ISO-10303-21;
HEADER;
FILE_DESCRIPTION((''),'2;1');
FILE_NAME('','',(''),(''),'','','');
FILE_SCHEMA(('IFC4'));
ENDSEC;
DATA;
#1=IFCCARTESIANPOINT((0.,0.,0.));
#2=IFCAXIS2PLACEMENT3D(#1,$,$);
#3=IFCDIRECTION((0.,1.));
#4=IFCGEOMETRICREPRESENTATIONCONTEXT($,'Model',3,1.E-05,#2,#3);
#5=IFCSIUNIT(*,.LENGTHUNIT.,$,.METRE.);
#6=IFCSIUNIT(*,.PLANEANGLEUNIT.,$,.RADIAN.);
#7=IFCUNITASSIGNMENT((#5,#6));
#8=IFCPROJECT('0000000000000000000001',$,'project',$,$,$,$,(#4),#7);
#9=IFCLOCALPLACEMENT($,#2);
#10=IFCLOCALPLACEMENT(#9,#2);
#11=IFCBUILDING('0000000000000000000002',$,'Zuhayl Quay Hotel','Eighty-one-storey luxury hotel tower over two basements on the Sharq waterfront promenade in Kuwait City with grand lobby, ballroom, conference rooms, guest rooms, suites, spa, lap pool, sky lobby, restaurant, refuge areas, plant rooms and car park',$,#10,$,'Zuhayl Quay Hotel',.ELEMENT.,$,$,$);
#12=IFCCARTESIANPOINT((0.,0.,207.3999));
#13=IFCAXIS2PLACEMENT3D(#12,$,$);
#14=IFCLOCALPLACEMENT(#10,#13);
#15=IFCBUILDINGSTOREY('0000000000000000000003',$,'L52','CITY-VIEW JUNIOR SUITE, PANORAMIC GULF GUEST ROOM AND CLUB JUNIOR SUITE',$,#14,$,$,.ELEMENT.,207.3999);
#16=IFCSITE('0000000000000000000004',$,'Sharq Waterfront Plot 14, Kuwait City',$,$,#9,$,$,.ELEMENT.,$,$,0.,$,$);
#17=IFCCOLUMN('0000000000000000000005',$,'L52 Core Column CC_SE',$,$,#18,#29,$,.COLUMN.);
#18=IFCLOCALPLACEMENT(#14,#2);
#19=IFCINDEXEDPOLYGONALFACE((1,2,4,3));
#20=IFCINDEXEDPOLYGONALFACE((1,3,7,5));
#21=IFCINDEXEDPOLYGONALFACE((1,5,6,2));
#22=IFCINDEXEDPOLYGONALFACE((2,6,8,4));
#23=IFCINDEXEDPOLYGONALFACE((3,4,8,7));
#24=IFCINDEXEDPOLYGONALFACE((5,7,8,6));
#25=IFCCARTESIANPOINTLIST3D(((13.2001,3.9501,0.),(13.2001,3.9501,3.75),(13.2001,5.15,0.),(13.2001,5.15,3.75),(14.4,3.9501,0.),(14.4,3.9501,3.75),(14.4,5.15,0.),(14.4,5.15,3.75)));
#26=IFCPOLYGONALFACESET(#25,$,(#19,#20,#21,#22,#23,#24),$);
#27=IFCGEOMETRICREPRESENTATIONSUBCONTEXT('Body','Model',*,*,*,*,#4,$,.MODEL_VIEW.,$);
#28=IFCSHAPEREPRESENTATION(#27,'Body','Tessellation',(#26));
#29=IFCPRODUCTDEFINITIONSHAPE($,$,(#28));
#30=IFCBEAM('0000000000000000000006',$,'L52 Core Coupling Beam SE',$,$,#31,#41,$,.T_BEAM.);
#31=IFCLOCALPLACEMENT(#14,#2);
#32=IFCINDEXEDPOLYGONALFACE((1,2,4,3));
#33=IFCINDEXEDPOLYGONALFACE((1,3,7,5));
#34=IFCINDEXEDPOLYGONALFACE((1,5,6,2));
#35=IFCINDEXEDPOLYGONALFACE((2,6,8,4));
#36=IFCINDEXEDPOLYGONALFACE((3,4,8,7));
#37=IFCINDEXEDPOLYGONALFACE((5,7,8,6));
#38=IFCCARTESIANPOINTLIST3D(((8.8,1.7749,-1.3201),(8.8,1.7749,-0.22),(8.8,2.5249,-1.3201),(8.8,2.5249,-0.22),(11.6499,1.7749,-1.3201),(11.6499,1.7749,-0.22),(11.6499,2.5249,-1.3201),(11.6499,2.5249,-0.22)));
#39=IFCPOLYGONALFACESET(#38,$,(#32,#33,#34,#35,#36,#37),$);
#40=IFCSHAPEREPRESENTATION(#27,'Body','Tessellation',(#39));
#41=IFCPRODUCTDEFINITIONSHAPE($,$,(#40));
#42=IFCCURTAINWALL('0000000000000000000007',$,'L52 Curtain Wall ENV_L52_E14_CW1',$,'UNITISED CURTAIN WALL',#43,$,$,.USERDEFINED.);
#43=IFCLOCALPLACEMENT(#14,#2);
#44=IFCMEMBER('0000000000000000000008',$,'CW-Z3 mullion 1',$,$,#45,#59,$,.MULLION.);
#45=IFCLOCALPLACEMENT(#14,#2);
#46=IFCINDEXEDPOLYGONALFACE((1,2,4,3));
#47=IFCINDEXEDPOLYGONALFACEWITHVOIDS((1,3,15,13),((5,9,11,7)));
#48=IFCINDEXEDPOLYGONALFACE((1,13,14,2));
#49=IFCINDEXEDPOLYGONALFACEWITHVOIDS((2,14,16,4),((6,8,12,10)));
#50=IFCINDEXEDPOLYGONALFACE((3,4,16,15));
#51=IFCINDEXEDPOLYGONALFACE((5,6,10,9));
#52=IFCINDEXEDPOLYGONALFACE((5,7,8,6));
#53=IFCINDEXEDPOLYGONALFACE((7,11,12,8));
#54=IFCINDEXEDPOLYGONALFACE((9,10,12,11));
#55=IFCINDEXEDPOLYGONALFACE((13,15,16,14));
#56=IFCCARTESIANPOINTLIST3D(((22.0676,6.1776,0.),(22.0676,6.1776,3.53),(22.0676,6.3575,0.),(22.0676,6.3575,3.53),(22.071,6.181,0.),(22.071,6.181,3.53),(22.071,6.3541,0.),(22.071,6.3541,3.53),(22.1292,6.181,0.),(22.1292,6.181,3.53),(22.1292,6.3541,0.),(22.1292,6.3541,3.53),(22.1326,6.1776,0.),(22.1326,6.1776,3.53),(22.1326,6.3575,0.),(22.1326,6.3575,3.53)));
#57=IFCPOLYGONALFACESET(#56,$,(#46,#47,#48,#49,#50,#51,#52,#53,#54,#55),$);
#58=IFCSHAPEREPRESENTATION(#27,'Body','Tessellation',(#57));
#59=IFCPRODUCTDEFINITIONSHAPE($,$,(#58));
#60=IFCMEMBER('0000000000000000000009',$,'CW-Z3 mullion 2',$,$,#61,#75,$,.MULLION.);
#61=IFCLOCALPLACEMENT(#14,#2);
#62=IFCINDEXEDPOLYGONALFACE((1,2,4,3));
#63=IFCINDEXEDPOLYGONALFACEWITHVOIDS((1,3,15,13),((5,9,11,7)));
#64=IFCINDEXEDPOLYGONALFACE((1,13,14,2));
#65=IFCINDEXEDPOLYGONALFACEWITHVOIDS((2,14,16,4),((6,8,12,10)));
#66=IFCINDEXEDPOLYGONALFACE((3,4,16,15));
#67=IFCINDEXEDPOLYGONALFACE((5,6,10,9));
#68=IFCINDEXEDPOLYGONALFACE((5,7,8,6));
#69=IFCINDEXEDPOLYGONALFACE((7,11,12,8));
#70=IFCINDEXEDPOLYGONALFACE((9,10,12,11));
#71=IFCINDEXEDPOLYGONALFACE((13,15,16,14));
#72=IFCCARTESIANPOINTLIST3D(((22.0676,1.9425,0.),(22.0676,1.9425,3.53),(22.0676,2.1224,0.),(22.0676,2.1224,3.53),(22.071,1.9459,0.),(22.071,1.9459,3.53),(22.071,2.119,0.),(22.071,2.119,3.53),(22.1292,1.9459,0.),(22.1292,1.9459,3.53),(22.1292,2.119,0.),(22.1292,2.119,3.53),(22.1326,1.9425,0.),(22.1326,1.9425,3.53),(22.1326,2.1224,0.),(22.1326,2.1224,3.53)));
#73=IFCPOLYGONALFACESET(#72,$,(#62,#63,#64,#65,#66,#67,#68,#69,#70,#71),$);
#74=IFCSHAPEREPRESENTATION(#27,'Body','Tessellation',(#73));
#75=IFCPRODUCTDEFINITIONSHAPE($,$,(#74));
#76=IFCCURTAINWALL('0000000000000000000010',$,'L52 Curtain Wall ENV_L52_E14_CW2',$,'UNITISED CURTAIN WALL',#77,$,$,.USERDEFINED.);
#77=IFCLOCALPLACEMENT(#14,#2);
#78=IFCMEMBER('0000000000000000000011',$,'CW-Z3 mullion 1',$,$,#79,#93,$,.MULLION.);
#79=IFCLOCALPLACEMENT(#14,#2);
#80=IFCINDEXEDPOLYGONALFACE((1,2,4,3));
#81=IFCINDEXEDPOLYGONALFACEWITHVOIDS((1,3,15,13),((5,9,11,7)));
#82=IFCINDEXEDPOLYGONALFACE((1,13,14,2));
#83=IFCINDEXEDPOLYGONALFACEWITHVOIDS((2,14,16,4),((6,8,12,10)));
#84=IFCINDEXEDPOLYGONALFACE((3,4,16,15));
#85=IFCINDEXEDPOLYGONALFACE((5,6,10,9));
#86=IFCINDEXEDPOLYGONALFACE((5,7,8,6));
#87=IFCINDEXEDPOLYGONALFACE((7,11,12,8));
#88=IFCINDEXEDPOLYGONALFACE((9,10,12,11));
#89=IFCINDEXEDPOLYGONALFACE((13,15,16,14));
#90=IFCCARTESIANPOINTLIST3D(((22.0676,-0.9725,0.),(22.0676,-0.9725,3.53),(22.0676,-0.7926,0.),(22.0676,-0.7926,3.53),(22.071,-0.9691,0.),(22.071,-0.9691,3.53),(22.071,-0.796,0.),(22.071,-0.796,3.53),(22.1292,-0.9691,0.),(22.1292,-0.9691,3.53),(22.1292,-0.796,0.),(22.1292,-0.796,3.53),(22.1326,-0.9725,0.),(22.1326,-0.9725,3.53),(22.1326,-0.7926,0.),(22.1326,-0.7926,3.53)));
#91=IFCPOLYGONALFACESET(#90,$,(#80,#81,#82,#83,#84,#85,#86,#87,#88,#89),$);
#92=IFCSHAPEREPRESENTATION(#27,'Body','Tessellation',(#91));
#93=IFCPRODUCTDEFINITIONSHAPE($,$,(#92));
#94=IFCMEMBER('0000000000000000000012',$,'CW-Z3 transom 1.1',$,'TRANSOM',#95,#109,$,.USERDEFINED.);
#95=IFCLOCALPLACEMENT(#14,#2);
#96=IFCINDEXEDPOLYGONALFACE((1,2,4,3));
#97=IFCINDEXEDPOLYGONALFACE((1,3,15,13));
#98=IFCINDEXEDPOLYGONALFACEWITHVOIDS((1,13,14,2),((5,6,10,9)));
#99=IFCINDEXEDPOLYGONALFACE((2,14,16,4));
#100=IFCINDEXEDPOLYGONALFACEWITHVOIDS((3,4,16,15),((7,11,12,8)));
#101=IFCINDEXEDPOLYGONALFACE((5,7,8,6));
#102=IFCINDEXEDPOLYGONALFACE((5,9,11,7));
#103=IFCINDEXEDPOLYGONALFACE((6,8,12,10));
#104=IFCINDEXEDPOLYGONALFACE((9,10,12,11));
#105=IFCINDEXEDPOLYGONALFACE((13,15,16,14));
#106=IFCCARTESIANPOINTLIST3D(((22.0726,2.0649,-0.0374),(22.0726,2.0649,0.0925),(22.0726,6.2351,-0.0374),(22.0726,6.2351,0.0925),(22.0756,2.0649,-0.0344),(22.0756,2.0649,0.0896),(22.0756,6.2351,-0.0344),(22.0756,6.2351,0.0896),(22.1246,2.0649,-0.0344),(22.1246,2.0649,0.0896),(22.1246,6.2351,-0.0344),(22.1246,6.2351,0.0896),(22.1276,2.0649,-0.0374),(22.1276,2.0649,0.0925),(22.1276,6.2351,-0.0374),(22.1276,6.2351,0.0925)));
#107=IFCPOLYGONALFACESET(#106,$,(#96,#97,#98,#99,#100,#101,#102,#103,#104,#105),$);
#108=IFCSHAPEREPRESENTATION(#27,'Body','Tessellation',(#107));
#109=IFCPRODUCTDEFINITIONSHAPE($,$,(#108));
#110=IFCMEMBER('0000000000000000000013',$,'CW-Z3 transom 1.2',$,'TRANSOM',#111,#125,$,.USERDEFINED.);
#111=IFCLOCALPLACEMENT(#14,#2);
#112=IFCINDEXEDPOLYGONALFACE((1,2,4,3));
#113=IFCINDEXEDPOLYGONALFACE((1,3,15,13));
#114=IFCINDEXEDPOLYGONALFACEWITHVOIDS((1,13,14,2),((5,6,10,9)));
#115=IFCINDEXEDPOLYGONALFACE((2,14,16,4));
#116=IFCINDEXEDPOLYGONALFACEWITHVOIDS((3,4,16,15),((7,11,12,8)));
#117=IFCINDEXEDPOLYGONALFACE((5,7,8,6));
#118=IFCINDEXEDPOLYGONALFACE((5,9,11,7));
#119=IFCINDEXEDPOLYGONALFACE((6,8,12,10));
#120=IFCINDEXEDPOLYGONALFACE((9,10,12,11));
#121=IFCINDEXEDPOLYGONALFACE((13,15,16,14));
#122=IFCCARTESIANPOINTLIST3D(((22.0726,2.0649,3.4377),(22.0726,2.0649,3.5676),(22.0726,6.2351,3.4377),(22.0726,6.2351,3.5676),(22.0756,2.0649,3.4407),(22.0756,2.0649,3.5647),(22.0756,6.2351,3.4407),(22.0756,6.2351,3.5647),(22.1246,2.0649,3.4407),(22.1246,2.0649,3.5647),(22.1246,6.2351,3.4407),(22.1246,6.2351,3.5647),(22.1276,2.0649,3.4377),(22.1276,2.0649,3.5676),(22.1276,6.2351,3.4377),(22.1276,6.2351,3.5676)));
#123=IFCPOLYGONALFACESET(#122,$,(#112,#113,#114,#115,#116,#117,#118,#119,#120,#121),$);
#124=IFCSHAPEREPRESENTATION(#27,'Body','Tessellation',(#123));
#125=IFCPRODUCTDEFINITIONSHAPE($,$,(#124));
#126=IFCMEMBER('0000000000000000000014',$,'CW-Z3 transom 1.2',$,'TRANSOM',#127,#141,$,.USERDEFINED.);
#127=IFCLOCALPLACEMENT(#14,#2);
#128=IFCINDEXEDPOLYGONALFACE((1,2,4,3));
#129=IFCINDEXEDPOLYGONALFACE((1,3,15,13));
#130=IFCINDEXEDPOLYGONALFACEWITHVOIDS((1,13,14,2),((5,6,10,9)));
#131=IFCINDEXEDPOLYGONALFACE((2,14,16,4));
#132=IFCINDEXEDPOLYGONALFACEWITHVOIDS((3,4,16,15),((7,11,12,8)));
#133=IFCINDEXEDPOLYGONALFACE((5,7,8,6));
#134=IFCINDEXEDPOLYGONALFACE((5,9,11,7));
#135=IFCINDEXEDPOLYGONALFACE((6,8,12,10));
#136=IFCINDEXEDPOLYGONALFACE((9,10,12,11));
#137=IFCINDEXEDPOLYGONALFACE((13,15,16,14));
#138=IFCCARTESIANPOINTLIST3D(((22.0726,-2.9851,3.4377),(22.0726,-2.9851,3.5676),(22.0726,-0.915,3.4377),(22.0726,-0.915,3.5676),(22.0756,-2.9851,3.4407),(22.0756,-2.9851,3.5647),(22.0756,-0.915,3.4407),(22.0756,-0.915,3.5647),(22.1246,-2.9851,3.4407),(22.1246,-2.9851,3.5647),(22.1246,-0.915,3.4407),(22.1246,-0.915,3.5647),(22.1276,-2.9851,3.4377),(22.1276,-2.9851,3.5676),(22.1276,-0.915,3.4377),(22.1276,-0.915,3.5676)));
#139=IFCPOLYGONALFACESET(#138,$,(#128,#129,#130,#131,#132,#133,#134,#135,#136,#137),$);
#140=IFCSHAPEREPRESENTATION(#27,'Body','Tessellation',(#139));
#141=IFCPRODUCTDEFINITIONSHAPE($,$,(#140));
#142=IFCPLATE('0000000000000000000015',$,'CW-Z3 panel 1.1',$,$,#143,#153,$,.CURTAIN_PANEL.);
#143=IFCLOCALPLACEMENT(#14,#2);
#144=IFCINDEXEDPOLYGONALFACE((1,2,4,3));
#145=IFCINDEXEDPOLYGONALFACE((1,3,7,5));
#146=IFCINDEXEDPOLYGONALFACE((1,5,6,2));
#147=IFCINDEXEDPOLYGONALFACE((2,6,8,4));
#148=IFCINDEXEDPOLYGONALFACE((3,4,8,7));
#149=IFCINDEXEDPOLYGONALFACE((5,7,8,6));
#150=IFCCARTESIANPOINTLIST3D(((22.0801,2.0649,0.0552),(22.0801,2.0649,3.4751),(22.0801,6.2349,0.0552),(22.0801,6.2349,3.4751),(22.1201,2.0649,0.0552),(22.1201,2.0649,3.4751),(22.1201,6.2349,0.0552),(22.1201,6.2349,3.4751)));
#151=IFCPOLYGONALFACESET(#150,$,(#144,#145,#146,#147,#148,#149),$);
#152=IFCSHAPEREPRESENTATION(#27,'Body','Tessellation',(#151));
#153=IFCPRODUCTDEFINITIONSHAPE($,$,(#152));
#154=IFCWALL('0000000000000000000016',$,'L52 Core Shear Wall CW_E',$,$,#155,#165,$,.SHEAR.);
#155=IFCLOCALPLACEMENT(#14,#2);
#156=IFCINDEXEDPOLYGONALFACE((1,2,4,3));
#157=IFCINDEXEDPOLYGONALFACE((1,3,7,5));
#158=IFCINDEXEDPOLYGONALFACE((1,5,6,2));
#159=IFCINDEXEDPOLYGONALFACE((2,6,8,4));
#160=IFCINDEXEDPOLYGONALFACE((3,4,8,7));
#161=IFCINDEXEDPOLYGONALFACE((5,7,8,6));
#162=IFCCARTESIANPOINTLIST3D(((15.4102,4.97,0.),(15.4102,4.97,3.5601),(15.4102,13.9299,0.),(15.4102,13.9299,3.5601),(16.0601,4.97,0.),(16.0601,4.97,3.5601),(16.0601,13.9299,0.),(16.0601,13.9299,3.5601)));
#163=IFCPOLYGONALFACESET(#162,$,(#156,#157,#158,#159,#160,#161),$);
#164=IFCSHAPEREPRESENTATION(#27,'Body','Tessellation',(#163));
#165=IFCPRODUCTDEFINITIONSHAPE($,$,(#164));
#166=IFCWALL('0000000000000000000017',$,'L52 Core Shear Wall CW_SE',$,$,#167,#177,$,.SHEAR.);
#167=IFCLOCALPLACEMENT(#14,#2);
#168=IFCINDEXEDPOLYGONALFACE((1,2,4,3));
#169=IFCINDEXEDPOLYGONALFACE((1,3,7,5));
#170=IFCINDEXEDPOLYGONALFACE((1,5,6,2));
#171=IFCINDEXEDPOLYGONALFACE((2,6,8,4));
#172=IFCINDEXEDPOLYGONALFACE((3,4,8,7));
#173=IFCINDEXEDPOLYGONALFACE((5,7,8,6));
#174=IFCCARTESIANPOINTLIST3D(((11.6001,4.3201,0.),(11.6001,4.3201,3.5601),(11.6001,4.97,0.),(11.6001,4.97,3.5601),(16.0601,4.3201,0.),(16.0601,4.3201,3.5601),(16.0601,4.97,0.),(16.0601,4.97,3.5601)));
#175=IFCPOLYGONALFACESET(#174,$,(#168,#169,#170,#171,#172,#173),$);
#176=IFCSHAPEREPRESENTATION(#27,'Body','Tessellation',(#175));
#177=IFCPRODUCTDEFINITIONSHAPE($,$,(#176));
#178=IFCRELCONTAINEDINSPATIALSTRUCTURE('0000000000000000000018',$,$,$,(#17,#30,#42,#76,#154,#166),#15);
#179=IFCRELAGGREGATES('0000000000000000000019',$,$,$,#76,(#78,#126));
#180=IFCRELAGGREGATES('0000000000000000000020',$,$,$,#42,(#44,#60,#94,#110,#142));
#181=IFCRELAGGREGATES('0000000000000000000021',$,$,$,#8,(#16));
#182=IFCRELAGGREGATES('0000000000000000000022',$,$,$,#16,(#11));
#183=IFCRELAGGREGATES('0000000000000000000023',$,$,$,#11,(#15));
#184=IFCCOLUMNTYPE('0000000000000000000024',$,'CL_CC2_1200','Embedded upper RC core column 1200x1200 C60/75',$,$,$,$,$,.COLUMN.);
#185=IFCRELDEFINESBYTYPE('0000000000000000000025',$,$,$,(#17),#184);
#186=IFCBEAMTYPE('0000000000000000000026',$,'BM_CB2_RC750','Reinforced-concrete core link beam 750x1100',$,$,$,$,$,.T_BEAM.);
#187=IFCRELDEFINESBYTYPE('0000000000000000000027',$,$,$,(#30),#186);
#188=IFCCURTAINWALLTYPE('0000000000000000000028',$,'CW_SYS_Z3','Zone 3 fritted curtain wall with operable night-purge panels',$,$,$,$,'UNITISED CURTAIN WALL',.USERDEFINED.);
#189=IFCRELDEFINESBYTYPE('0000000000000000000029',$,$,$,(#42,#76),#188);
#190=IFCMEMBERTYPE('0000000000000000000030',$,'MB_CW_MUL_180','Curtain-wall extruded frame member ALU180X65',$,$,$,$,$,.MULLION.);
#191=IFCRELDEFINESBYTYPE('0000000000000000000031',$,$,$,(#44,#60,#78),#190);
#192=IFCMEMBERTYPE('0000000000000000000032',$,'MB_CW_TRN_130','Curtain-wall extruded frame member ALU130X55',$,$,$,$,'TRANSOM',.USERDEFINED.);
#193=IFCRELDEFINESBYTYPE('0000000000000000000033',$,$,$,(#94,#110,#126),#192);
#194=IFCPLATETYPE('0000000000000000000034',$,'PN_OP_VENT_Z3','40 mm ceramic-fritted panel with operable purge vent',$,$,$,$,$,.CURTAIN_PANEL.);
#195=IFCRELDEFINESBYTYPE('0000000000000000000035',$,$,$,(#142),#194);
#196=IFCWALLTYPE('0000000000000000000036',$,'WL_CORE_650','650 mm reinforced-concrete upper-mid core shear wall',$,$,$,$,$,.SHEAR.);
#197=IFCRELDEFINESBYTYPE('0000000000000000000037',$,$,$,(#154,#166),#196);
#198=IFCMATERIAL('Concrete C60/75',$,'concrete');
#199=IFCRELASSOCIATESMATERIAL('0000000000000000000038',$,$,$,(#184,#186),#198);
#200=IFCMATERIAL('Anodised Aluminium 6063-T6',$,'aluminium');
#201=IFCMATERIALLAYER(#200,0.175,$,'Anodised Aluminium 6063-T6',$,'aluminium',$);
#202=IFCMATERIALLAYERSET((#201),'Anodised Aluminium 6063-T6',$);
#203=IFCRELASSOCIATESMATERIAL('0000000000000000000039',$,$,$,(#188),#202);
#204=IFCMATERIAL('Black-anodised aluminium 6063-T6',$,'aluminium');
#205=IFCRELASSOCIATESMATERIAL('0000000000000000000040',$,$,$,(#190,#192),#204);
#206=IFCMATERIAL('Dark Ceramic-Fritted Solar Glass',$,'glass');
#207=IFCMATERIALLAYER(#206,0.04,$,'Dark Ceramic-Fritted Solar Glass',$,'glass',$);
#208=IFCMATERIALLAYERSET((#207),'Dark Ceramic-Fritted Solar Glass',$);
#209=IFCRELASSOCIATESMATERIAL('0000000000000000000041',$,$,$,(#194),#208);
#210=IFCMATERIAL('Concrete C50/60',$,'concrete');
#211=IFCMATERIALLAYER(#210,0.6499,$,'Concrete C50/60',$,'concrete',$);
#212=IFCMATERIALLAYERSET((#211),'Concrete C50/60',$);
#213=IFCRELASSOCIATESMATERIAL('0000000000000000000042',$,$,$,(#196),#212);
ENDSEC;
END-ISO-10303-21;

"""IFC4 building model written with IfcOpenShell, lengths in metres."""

from ifc_helpers import new_model, si_unit, direction, frame, frame_2d, origin, origin_2d, place, context, subcontext, project, spatial, rectangle, hollow_rectangle, extrude, material, layer, layer_set, material_profile, profile_set, type_object, element, aggregate, save


model = new_model("IFC4")

# Units and contexts
model_context = context("Model", 3, precision=1e-05, world=origin(), true_north=direction((0.0, 1.0)))
body_context = subcontext(model_context, "Body", "Model", "MODEL_VIEW")
ifc_project = project(units=[si_unit("LENGTHUNIT", "METRE"), si_unit("PLANEANGLEUNIT", "RADIAN")], contexts=[model_context])

# Site, building, storey
site_placement = place(None, origin())
site = spatial("IfcSite", under=ifc_project, at=site_placement, Name="Sharq Waterfront Plot 14, Kuwait City", CompositionType="ELEMENT", RefElevation=0.0)
building_placement = place(site_placement, origin())
building = spatial("IfcBuilding", under=site, at=building_placement, Name="Zuhayl Quay Hotel", Description="Eighty-one-storey luxury hotel tower over two basements on the Sharq waterfront promenade in Kuwait City with grand lobby, ballroom, conference rooms, guest rooms, suites, spa, lap pool, sky lobby, restaurant, refuge areas, plant rooms and car park", LongName="Zuhayl Quay Hotel", CompositionType="ELEMENT")
storey_placement = place(building_placement, frame((0.0, 0.0, 207.3999)))
storey = spatial("IfcBuildingStorey", under=building, at=storey_placement, Name="L52", Description="CITY-VIEW JUNIOR SUITE, PANORAMIC GULF GUEST ROOM AND CLUB JUNIOR SUITE", CompositionType="ELEMENT", Elevation=207.3999)

# Column
ifc_material_1 = material(Name="Concrete C60/75", Category="concrete")
ifc_material_profile_1 = material_profile(ifc_material_1, rectangle(XDim=1.2, YDim=1.2, at=origin_2d()), Name="RC1200X1200")
ifc_profile_set_1 = profile_set([ifc_material_profile_1], Name="Concrete C60/75")
column_type = type_object("IfcColumnType", Name="CL_CC2_1200", Description="Embedded upper RC core column 1200x1200 C60/75", PredefinedType="COLUMN", material=ifc_profile_set_1)
column_placement = place(storey_placement, frame((13.8, 4.55, 0.0), z_axis=(0.0, 0.0, 1.0), x_axis=(1.0, 0.0, 0.0)))
element("IfcColumn", 1, at=column_placement, inside=storey, type_object=column_type, Name="L52 Core Column CC_SE", PredefinedType="COLUMN", context=body_context, shape_type="SweptSolid", body=[
    extrude(rectangle(XDim=1.2, YDim=1.2, at=origin_2d()), origin(), (0.0, 0.0, 1.0), 3.75),
])

# Beam
ifc_material_profile_2 = material_profile(ifc_material_1, rectangle(XDim=0.75, YDim=1.1001, at=origin_2d()), Name="RC750X1100")
ifc_profile_set_2 = profile_set([ifc_material_profile_2], Name="Concrete C60/75")
beam_type = type_object("IfcBeamType", Name="BM_CB2_RC750", Description="Reinforced-concrete core link beam 750x1100", PredefinedType="T_BEAM", material=ifc_profile_set_2)
beam_placement = place(storey_placement, frame((8.8, 2.1499, -0.77), z_axis=(1.0, 0.0, 0.0), x_axis=(0.0, 1.0, 0.0)))
element("IfcBeam", 2, at=beam_placement, inside=storey, type_object=beam_type, Name="L52 Core Coupling Beam SE", PredefinedType="T_BEAM", context=body_context, shape_type="SweptSolid", body=[
    extrude(rectangle(XDim=0.75, YDim=1.1001, at=origin_2d()), origin(), (0.0, 0.0, 1.0), 2.8499),
])

# Curtain wall, members
ifc_material_2 = material(Name="Anodised Aluminium 6063-T6", Category="aluminium")
ifc_layer_1 = layer(ifc_material_2, 0.175, Name="Anodised Aluminium 6063-T6", Category="aluminium")
ifc_layer_set_1 = layer_set([ifc_layer_1], Name="Anodised Aluminium 6063-T6")
curtain_wall_type = type_object("IfcCurtainWallType", Name="CW_SYS_Z3", Description="Zone 3 fritted curtain wall with operable night-purge panels", ElementType="UNITISED CURTAIN WALL", PredefinedType="USERDEFINED", material=ifc_layer_set_1)
curtain_wall_1_placement = place(storey_placement, origin())
curtain_wall_1 = element("IfcCurtainWall", 3, at=curtain_wall_1_placement, inside=storey, type_object=curtain_wall_type, Name="L52 Curtain Wall ENV_L52_E14_CW1", ObjectType="UNITISED CURTAIN WALL", PredefinedType="USERDEFINED")
ifc_material_3 = material(Name="Black-anodised aluminium 6063-T6", Category="aluminium")
ifc_material_profile_3 = material_profile(ifc_material_3, hollow_rectangle(XDim=0.0649, YDim=0.1799, WallThickness=0.0034, at=origin_2d()), Name="ALU180X65")
ifc_profile_set_3 = profile_set([ifc_material_profile_3], Name="Black-anodised aluminium 6063-T6")
member_type_1 = type_object("IfcMemberType", Name="MB_CW_MUL_180", Description="Curtain-wall extruded frame member ALU180X65", PredefinedType="MULLION", material=ifc_profile_set_3)
member_1_placement = place(storey_placement, frame((22.1001, 6.2676, 0.0), z_axis=(0.0, 0.0, 1.0), x_axis=(1.0, 0.0, 0.0)))
member_1 = element("IfcMember", 4, at=member_1_placement, type_object=member_type_1, Name="CW-Z3 mullion 1", PredefinedType="MULLION", context=body_context, shape_type="SweptSolid", body=[
    extrude(hollow_rectangle(XDim=0.0649, YDim=0.1799, WallThickness=0.0034, at=origin_2d()), origin(), (0.0, 0.0, 1.0), 3.53),
])
member_2_placement = place(storey_placement, frame((22.1001, 2.0325, 0.0), z_axis=(0.0, 0.0, 1.0), x_axis=(1.0, 0.0, 0.0)))
member_2 = element("IfcMember", 5, at=member_2_placement, type_object=member_type_1, Name="CW-Z3 mullion 2", PredefinedType="MULLION", context=body_context, shape_type="SweptSolid", body=[
    extrude(hollow_rectangle(XDim=0.0649, YDim=0.1799, WallThickness=0.0034, at=origin_2d()), origin(), (0.0, 0.0, 1.0), 3.53),
])

# Curtain wall, member
curtain_wall_2_placement = place(storey_placement, origin())
curtain_wall_2 = element("IfcCurtainWall", 6, at=curtain_wall_2_placement, inside=storey, type_object=curtain_wall_type, Name="L52 Curtain Wall ENV_L52_E14_CW2", ObjectType="UNITISED CURTAIN WALL", PredefinedType="USERDEFINED")
member_3_placement = place(storey_placement, frame((22.1001, -0.8826, 0.0), z_axis=(0.0, 0.0, 1.0), x_axis=(1.0, 0.0, 0.0)))
member_3 = element("IfcMember", 7, at=member_3_placement, type_object=member_type_1, Name="CW-Z3 mullion 1", PredefinedType="MULLION", context=body_context, shape_type="SweptSolid", body=[
    extrude(hollow_rectangle(XDim=0.0649, YDim=0.1799, WallThickness=0.0034, at=origin_2d()), origin(), (0.0, 0.0, 1.0), 3.53),
])

# Members
ifc_material_profile_4 = material_profile(ifc_material_3, hollow_rectangle(XDim=0.0549, YDim=0.1299, WallThickness=0.0029, at=origin_2d()), Name="ALU130X55")
ifc_profile_set_4 = profile_set([ifc_material_profile_4], Name="Black-anodised aluminium 6063-T6")
member_type_2 = type_object("IfcMemberType", Name="MB_CW_TRN_130", Description="Curtain-wall extruded frame member ALU130X55", ElementType="TRANSOM", PredefinedType="USERDEFINED", material=ifc_profile_set_4)
member_4_placement = place(storey_placement, frame((22.1001, 6.2351, 0.0276), z_axis=(0.0, -1.0, 0.0), x_axis=(1.0, 0.0, 0.0)))
member_4 = element("IfcMember", 8, at=member_4_placement, type_object=member_type_2, Name="CW-Z3 transom 1.1", ObjectType="TRANSOM", PredefinedType="USERDEFINED", context=body_context, shape_type="SweptSolid", body=[
    extrude(hollow_rectangle(XDim=0.0549, YDim=0.1299, WallThickness=0.0029, at=origin_2d()), origin(), (0.0, 0.0, 1.0), 4.1702),
])
member_5_placement = place(storey_placement, frame((22.1001, 6.2351, 3.5027), z_axis=(0.0, -1.0, 0.0), x_axis=(1.0, 0.0, 0.0)))
member_5 = element("IfcMember", 9, at=member_5_placement, type_object=member_type_2, Name="CW-Z3 transom 1.2", ObjectType="TRANSOM", PredefinedType="USERDEFINED", context=body_context, shape_type="SweptSolid", body=[
    extrude(hollow_rectangle(XDim=0.0549, YDim=0.1299, WallThickness=0.0029, at=origin_2d()), origin(), (0.0, 0.0, 1.0), 4.1702),
])
member_6_placement = place(storey_placement, frame((22.1001, -0.915, 3.5027), z_axis=(0.0, -1.0, 0.0), x_axis=(1.0, 0.0, 0.0)))
member_6 = element("IfcMember", 10, at=member_6_placement, type_object=member_type_2, Name="CW-Z3 transom 1.2", ObjectType="TRANSOM", PredefinedType="USERDEFINED", context=body_context, shape_type="SweptSolid", body=[
    extrude(hollow_rectangle(XDim=0.0549, YDim=0.1299, WallThickness=0.0029, at=origin_2d()), origin(), (0.0, 0.0, 1.0), 2.0701),
])
aggregate(curtain_wall_2, [member_3, member_6])

# Plate
ifc_material_4 = material(Name="Dark Ceramic-Fritted Solar Glass", Category="glass")
ifc_layer_2 = layer(ifc_material_4, 0.04, Name="Dark Ceramic-Fritted Solar Glass", Category="glass")
ifc_layer_set_2 = layer_set([ifc_layer_2], Name="Dark Ceramic-Fritted Solar Glass")
plate_type = type_object("IfcPlateType", Name="PN_OP_VENT_Z3", Description="40 mm ceramic-fritted panel with operable purge vent", PredefinedType="CURTAIN_PANEL", material=ifc_layer_set_2)
plate_placement = place(storey_placement, frame((22.1001, 4.1499, 0.0552), z_axis=(0.0, 0.0, 1.0), x_axis=(0.0, -1.0, 0.0)))
plate = element("IfcPlate", 11, at=plate_placement, type_object=plate_type, Name="CW-Z3 panel 1.1", PredefinedType="CURTAIN_PANEL", context=body_context, shape_type="SweptSolid", body=[
    extrude(rectangle(XDim=4.1699, YDim=0.04, at=origin_2d()), origin(), (0.0, 0.0, 1.0), 3.4199),
])
aggregate(curtain_wall_1, [member_1, member_2, member_4, member_5, plate])

# Walls
ifc_material_5 = material(Name="Concrete C50/60", Category="concrete")
ifc_layer_3 = layer(ifc_material_5, 0.6499, Name="Concrete C50/60", Category="concrete")
ifc_layer_set_3 = layer_set([ifc_layer_3], Name="Concrete C50/60")
wall_type_1 = type_object("IfcWallType", Name="WL_CORE_650", Description="650 mm reinforced-concrete upper-mid core shear wall", PredefinedType="SHEAR", material=ifc_layer_set_3)
wall_1_placement = place(storey_placement, frame((15.7351, 4.97, 0.0), z_axis=(0.0, 0.0, 1.0), x_axis=(0.0, 1.0, 0.0)))
element("IfcWall", 12, at=wall_1_placement, inside=storey, type_object=wall_type_1, Name="L52 Core Shear Wall CW_E", PredefinedType="SHEAR", context=body_context, shape_type="SweptSolid", body=[
    extrude(rectangle(XDim=8.96, YDim=0.6499, at=frame_2d((4.48, 0.0))), origin(), (0.0, 0.0, 1.0), 3.5601),
])
wall_2_placement = place(storey_placement, frame((11.6001, 4.645, 0.0), z_axis=(0.0, 0.0, 1.0), x_axis=(1.0, 0.0, 0.0)))
element("IfcWall", 13, at=wall_2_placement, inside=storey, type_object=wall_type_1, Name="L52 Core Shear Wall CW_SE", PredefinedType="SHEAR", context=body_context, shape_type="SweptSolid", body=[
    extrude(rectangle(XDim=4.46, YDim=0.6499, at=frame_2d((2.23, 0.0))), origin(), (0.0, 0.0, 1.0), 3.5601),
])

save(model, "model.ifc")
